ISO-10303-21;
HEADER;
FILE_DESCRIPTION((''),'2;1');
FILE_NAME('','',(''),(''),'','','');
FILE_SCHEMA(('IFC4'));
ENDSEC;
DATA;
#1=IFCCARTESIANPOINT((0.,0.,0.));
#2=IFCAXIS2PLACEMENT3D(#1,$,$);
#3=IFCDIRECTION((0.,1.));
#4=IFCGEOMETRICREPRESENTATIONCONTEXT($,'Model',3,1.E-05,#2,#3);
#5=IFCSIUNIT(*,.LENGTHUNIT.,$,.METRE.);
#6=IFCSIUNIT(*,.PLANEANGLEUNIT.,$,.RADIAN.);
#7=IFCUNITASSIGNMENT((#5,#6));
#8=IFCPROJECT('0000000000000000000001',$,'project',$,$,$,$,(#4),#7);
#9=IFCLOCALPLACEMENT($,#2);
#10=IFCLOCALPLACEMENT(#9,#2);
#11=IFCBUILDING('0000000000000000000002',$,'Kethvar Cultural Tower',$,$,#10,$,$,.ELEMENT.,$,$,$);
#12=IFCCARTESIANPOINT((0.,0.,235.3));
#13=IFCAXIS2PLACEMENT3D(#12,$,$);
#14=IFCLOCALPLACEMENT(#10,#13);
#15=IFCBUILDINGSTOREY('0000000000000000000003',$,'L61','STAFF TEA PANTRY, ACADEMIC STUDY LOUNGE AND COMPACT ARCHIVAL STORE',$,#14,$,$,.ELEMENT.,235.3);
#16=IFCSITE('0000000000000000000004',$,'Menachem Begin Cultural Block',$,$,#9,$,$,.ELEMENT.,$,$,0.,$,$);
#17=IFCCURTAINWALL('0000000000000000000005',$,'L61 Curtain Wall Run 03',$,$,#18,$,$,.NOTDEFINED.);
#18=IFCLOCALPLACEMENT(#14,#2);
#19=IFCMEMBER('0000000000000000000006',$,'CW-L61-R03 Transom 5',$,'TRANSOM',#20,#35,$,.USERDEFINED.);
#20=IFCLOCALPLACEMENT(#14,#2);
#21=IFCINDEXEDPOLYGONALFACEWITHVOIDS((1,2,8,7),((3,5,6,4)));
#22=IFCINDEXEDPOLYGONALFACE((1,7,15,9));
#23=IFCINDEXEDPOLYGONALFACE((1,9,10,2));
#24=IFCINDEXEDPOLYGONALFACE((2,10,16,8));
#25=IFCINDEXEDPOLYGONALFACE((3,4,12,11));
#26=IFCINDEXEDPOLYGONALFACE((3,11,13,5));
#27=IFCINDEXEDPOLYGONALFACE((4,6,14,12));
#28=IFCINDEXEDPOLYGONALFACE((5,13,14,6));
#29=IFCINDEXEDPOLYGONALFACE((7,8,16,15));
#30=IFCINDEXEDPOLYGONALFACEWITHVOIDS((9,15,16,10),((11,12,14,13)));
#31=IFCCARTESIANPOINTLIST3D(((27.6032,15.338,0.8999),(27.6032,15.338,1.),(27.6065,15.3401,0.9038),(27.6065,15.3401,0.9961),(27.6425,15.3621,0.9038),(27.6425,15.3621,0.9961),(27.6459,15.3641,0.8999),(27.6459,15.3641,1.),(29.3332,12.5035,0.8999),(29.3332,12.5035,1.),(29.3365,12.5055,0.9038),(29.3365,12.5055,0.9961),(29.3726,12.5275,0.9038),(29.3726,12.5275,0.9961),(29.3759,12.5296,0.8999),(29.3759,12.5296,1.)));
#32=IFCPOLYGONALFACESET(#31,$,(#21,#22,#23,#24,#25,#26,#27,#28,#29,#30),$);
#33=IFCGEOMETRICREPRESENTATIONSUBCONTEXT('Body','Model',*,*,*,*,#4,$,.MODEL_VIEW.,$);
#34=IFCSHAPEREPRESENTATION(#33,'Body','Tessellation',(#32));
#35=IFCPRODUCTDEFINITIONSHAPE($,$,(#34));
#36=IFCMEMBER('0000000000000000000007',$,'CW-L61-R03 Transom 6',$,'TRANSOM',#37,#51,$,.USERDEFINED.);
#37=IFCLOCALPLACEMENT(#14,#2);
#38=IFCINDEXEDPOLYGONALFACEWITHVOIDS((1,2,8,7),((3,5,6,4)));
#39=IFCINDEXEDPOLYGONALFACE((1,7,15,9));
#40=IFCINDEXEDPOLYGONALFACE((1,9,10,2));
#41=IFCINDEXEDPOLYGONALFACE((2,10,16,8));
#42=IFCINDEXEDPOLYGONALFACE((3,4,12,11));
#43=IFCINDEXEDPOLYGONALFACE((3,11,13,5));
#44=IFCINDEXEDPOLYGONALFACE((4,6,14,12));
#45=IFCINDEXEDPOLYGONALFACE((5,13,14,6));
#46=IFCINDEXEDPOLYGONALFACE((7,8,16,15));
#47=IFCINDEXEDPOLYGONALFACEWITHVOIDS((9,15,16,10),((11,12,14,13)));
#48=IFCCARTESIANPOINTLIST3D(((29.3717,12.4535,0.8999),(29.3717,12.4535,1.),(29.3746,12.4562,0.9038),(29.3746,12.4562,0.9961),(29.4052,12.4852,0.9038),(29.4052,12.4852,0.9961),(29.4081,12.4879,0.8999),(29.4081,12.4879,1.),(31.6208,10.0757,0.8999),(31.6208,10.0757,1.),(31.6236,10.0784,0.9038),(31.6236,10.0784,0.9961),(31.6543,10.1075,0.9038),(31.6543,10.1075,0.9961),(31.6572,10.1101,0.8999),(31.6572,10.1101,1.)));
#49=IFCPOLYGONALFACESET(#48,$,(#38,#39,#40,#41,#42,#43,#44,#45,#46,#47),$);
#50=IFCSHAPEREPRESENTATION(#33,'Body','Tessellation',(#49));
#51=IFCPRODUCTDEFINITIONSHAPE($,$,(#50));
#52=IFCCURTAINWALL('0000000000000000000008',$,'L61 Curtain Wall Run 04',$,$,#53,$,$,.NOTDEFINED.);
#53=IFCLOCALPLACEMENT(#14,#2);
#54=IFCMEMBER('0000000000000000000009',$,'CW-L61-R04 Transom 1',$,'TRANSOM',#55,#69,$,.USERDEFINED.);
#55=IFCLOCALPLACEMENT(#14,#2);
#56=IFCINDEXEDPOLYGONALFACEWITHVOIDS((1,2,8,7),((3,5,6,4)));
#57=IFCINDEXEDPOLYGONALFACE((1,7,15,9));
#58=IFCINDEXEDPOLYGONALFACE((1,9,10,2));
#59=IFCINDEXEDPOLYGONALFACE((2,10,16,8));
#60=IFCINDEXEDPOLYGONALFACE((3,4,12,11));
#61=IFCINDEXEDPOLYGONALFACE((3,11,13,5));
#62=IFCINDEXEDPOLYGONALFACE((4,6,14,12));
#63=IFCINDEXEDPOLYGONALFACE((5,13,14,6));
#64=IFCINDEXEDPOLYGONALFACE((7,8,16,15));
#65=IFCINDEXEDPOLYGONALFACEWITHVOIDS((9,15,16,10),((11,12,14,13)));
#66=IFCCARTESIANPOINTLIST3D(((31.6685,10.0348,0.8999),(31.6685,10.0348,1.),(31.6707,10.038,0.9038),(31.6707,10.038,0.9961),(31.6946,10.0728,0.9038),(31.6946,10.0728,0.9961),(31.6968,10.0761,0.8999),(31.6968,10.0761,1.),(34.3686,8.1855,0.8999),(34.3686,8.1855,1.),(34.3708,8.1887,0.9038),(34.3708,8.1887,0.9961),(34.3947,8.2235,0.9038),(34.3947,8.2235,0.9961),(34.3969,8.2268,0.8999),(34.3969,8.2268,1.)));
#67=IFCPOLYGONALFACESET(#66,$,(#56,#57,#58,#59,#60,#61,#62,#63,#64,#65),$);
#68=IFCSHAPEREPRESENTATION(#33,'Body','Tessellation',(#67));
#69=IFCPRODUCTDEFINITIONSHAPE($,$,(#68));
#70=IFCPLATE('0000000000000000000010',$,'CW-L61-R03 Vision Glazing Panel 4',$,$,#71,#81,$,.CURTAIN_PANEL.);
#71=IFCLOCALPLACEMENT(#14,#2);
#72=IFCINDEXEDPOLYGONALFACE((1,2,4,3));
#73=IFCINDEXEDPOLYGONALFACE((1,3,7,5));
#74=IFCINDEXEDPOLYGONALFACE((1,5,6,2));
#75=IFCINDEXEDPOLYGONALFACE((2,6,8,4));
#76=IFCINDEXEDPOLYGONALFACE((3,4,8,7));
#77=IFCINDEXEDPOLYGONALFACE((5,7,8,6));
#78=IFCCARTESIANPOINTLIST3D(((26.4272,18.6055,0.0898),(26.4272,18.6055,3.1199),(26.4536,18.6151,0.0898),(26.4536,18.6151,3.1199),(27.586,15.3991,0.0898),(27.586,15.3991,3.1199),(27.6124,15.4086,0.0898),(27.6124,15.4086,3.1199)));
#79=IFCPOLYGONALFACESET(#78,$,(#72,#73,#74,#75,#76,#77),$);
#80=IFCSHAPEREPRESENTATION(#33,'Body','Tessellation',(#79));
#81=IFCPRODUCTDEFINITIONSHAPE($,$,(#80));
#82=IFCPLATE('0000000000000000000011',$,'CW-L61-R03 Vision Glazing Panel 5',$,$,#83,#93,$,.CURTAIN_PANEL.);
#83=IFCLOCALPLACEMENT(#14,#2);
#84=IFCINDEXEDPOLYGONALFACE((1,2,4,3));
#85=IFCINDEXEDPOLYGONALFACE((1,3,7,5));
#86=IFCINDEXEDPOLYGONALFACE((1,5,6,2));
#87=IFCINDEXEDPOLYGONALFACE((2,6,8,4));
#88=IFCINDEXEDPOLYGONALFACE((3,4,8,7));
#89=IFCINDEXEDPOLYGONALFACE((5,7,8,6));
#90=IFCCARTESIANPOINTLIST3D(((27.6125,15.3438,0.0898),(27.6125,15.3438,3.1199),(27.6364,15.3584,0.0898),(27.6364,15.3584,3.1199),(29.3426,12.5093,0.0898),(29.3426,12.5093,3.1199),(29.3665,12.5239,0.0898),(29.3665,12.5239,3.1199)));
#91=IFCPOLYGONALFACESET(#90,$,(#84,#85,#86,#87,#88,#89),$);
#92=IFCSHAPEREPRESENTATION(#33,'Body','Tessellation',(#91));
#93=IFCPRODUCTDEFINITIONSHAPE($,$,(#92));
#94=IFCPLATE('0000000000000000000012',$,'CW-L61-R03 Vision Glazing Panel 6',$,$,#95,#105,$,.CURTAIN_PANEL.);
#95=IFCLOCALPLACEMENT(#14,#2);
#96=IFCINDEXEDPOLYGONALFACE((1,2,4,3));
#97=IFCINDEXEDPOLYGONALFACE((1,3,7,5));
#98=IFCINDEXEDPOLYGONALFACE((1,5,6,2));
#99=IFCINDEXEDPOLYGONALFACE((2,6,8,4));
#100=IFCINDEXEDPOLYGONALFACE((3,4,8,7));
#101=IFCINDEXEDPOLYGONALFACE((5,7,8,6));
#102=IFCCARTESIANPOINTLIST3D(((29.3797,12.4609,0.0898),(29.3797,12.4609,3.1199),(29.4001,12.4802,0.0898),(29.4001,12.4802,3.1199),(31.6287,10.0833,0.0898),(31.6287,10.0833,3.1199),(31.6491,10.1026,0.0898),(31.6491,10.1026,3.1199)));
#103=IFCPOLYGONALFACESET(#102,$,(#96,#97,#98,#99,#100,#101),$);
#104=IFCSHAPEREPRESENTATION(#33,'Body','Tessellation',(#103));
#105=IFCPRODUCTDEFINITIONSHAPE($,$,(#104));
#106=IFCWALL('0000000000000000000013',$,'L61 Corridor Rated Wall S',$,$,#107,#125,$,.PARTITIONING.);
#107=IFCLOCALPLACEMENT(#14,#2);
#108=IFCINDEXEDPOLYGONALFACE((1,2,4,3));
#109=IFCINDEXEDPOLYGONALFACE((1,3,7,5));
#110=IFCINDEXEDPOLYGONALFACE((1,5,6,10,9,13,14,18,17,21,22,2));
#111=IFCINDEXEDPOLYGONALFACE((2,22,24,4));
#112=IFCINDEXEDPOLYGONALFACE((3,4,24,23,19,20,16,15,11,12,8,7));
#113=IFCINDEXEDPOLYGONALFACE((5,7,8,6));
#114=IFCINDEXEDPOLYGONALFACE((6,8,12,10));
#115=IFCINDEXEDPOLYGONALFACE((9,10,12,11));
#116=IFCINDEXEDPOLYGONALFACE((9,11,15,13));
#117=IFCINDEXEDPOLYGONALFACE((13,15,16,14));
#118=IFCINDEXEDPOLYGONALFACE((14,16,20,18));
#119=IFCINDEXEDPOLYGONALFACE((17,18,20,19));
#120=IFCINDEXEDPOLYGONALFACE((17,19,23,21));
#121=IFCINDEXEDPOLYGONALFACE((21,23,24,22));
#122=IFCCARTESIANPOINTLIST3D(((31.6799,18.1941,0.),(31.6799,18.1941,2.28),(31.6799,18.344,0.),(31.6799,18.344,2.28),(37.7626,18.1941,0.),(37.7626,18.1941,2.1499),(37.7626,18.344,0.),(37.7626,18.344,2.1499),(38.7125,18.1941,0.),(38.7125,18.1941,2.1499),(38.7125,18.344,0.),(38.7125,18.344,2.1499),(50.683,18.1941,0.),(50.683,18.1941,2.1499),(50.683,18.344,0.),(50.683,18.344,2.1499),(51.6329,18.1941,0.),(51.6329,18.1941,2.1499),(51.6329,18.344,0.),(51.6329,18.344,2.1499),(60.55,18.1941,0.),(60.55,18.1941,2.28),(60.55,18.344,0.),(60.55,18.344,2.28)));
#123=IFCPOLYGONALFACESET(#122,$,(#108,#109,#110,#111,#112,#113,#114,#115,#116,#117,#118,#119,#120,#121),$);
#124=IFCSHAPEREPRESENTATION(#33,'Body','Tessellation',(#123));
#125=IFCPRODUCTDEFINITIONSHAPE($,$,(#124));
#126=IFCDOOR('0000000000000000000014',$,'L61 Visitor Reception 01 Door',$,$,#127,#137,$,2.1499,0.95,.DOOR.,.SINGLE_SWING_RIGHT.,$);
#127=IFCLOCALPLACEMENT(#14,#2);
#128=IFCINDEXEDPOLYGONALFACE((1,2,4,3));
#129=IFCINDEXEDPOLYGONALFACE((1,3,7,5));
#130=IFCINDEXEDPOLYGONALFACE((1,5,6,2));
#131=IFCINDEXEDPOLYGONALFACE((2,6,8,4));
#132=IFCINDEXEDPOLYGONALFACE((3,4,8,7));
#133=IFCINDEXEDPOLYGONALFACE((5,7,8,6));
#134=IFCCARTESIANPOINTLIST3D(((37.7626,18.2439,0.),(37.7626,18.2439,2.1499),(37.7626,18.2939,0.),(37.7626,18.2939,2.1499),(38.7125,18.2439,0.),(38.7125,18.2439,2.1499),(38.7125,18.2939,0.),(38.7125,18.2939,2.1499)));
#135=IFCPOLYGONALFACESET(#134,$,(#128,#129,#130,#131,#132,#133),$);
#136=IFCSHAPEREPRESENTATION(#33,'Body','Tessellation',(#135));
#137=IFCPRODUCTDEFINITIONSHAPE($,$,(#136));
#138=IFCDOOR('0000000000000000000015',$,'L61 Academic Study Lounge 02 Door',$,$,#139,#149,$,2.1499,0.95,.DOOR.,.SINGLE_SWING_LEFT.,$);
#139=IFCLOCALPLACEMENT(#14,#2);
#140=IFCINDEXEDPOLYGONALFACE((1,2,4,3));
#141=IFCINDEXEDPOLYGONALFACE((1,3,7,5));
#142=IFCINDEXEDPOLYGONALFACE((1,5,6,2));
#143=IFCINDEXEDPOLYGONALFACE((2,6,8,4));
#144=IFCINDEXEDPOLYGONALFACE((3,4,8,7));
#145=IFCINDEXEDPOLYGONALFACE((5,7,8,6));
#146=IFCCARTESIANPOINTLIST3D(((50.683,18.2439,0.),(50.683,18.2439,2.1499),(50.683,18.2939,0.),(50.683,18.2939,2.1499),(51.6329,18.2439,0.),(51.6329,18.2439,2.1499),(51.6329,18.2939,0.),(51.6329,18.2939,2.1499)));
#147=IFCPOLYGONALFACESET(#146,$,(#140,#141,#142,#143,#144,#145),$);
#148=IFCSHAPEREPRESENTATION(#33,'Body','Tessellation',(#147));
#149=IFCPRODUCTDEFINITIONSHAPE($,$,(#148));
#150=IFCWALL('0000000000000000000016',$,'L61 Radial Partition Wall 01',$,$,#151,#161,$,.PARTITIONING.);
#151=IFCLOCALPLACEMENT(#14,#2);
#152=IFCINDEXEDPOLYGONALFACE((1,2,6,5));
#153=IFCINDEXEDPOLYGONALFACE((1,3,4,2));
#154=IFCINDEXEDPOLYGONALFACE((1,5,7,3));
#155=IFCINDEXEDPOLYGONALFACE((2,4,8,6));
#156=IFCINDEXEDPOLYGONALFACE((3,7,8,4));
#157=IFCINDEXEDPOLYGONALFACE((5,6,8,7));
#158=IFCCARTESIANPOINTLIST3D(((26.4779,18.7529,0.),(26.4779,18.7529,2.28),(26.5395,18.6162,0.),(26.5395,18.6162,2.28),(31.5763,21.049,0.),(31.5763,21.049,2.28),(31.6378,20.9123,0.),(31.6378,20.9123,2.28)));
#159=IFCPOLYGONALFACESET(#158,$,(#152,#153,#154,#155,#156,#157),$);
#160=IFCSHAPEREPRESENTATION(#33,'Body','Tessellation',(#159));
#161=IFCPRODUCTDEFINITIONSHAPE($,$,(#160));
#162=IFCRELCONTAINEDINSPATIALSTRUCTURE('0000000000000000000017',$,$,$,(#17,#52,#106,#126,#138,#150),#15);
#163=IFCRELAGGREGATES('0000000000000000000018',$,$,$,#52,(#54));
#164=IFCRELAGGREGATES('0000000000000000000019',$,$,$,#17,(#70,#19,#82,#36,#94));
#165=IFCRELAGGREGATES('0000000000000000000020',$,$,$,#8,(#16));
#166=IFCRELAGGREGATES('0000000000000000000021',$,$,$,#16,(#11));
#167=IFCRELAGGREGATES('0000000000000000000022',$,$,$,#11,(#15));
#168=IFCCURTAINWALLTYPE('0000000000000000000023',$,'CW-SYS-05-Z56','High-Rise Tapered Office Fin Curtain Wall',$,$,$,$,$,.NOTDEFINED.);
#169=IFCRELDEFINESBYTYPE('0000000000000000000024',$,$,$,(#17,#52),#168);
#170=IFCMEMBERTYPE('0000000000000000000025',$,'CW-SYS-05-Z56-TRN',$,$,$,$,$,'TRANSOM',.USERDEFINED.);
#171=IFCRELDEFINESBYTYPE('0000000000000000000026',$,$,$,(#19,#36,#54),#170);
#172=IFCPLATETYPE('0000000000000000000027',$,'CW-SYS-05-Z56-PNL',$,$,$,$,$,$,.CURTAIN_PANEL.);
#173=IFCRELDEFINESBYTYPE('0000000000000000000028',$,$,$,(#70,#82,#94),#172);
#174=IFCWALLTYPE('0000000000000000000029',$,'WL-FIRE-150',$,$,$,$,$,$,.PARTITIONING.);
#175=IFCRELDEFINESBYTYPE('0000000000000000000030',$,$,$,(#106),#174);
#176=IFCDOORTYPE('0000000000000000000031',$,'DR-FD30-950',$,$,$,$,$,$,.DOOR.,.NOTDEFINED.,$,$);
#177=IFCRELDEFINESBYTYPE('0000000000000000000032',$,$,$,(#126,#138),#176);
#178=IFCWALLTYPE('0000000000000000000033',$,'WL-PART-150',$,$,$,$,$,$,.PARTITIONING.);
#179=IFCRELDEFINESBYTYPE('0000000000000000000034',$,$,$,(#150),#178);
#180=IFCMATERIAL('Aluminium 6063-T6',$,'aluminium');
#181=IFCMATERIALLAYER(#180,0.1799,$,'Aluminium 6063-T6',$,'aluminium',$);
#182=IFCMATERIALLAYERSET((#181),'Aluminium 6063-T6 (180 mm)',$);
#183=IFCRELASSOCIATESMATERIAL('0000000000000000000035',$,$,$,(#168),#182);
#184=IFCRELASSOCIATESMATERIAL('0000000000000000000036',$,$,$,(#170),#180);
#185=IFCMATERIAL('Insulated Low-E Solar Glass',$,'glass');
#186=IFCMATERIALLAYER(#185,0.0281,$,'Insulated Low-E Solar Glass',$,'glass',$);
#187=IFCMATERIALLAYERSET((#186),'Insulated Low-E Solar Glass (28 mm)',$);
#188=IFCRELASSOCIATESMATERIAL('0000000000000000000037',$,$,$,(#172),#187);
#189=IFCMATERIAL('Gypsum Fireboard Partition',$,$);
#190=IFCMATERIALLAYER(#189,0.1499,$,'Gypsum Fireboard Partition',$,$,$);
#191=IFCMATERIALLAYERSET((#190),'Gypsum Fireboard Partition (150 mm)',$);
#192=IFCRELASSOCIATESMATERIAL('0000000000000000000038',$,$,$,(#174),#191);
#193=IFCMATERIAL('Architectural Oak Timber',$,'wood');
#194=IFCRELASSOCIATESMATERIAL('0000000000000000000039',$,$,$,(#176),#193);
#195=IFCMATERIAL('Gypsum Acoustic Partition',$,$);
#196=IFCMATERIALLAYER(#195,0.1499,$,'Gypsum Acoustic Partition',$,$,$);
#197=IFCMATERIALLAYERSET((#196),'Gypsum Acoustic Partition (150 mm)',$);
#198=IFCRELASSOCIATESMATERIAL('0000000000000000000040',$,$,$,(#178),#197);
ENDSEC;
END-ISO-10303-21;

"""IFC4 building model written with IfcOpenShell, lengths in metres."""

from ifc_helpers import new_model, si_unit, direction, frame, frame_2d, origin, origin_2d, place, context, subcontext, project, spatial, rectangle, hollow_rectangle, extrude, source, transform, mapped, material, layer, layer_set, material_profile, profile_set, type_object, element, fill, aggregate, save


model = new_model("IFC4")

# Units and contexts
model_context = context("Model", 3, precision=1e-05, world=origin(), true_north=direction((0.0, 1.0)))
body_context = subcontext(model_context, "Body", "Model", "MODEL_VIEW")
ifc_project = project(units=[si_unit("LENGTHUNIT", "METRE"), si_unit("PLANEANGLEUNIT", "RADIAN")], contexts=[model_context])

# Site, building, storey
site_placement = place(None, origin())
site = spatial("IfcSite", under=ifc_project, at=site_placement, Name="Menachem Begin Cultural Block", CompositionType="ELEMENT", RefElevation=0.0)
building_placement = place(site_placement, origin())
building = spatial("IfcBuilding", under=site, at=building_placement, Name="Kethvar Cultural Tower", CompositionType="ELEMENT")
storey_placement = place(building_placement, frame((0.0, 0.0, 235.3)))
storey = spatial("IfcBuildingStorey", under=building, at=storey_placement, Name="L61", Description="STAFF TEA PANTRY, ACADEMIC STUDY LOUNGE AND COMPACT ARCHIVAL STORE", CompositionType="ELEMENT", Elevation=235.3)

# Curtain wall, members
ifc_material_1 = material(Name="Aluminium 6063-T6", Category="aluminium")
ifc_layer_1 = layer(ifc_material_1, 0.1799, Name="Aluminium 6063-T6", Category="aluminium")
ifc_layer_set_1 = layer_set([ifc_layer_1], Name="Aluminium 6063-T6 (180 mm)")
curtain_wall_type = type_object("IfcCurtainWallType", Name="CW-SYS-05-Z56", Description="High-Rise Tapered Office Fin Curtain Wall", PredefinedType="NOTDEFINED", material=ifc_layer_set_1)
curtain_wall_1_placement = place(storey_placement, origin())
curtain_wall_1 = element("IfcCurtainWall", 1, at=curtain_wall_1_placement, inside=storey, type_object=curtain_wall_type, Name="L61 Curtain Wall Run 03", PredefinedType="NOTDEFINED")
ifc_material_profile_1 = material_profile(ifc_material_1, hollow_rectangle(XDim=0.05, YDim=0.1001, WallThickness=0.0039, at=origin_2d()), Name="Aluminium 6063-T6 — RHS100x50x4")
ifc_profile_set_1 = profile_set([ifc_material_profile_1], Name="Aluminium 6063-T6 — RHS100x50x4")
member_type_1 = type_object("IfcMemberType", Name="CW-SYS-05-Z56-TRN", ElementType="TRANSOM", PredefinedType="USERDEFINED", material=ifc_profile_set_1)
shared_shape_1 = source(origin(), body_context, "Body", "SweptSolid", [
    extrude(hollow_rectangle(XDim=0.05, YDim=0.1001, WallThickness=0.0039, at=origin_2d()), origin(), (0.0, 0.0, 1.0), 3.3208),
])
member_1_placement = place(storey_placement, frame((27.6245, 15.3511, 0.95), z_axis=(0.520968, -0.853576, 0.0), x_axis=(0.853576, 0.520968, 0.0)))
member_1 = element("IfcMember", 2, at=member_1_placement, type_object=member_type_1, Name="CW-L61-R03 Transom 5", ObjectType="TRANSOM", PredefinedType="USERDEFINED", context=body_context, shape_type="MappedRepresentation", body=[
    mapped(shared_shape_1, transform((0.0, 0.0, 0.0), scale=1.0)),
])
shared_shape_2 = source(origin(), body_context, "Body", "SweptSolid", [
    extrude(hollow_rectangle(XDim=0.05, YDim=0.1001, WallThickness=0.0039, at=origin_2d()), origin(), (0.0, 0.0, 1.0), 3.2729),
])
member_2_placement = place(storey_placement, frame((29.3899, 12.4707, 0.95), z_axis=(0.687178, -0.72649, 0.0), x_axis=(0.72649, 0.687178, 0.0)))
member_2 = element("IfcMember", 3, at=member_2_placement, type_object=member_type_1, Name="CW-L61-R03 Transom 6", ObjectType="TRANSOM", PredefinedType="USERDEFINED", context=body_context, shape_type="MappedRepresentation", body=[
    mapped(shared_shape_2, transform((0.0, 0.0, 0.0), scale=1.0)),
])

# Curtain wall, member
curtain_wall_2_placement = place(storey_placement, origin())
curtain_wall_2 = element("IfcCurtainWall", 4, at=curtain_wall_2_placement, inside=storey, type_object=curtain_wall_type, Name="L61 Curtain Wall Run 04", PredefinedType="NOTDEFINED")
shared_shape_3 = source(origin(), body_context, "Body", "SweptSolid", [
    extrude(hollow_rectangle(XDim=0.05, YDim=0.1001, WallThickness=0.0039, at=origin_2d()), origin(), (0.0, 0.0, 1.0), 3.2727),
])
member_3_placement = place(storey_placement, frame((31.6826, 10.0554, 0.95), z_axis=(0.825042, -0.565072, 0.0), x_axis=(0.565072, 0.825042, 0.0)))
member_3 = element("IfcMember", 5, at=member_3_placement, type_object=member_type_1, Name="CW-L61-R04 Transom 1", ObjectType="TRANSOM", PredefinedType="USERDEFINED", context=body_context, shape_type="MappedRepresentation", body=[
    mapped(shared_shape_3, transform((0.0, 0.0, 0.0), scale=1.0)),
])
aggregate(curtain_wall_2, [member_3])

# Plates
ifc_material_2 = material(Name="Insulated Low-E Solar Glass", Category="glass")
ifc_layer_2 = layer(ifc_material_2, 0.0281, Name="Insulated Low-E Solar Glass", Category="glass")
ifc_layer_set_2 = layer_set([ifc_layer_2], Name="Insulated Low-E Solar Glass (28 mm)")
plate_type = type_object("IfcPlateType", Name="CW-SYS-05-Z56-PNL", PredefinedType="CURTAIN_PANEL", material=ifc_layer_set_2)
shared_shape_4 = source(origin(), body_context, "Body", "SweptSolid", [
    extrude(rectangle(XDim=3.4094, YDim=0.0281, at=origin_2d()), origin(), (0.0, 0.0, 1.0), 3.03),
])
plate_1_placement = place(storey_placement, frame((27.0198, 17.0071, 0.0898), z_axis=(0.0, 0.0, 1.0), x_axis=(0.339887, -0.940466, 0.0)))
plate_1 = element("IfcPlate", 6, at=plate_1_placement, type_object=plate_type, Name="CW-L61-R03 Vision Glazing Panel 4", PredefinedType="CURTAIN_PANEL", context=body_context, shape_type="MappedRepresentation", body=[
    mapped(shared_shape_4, transform((0.0, 0.0, 0.0), scale=1.0)),
])
shared_shape_5 = source(origin(), body_context, "Body", "SweptSolid", [
    extrude(rectangle(XDim=3.3208, YDim=0.0281, at=origin_2d()), origin(), (0.0, 0.0, 1.0), 3.03),
])
plate_2_placement = place(storey_placement, frame((28.4895, 13.9338, 0.0898), z_axis=(0.0, 0.0, 1.0), x_axis=(0.52098, -0.853569, 0.0)))
plate_2 = element("IfcPlate", 7, at=plate_2_placement, type_object=plate_type, Name="CW-L61-R03 Vision Glazing Panel 5", PredefinedType="CURTAIN_PANEL", context=body_context, shape_type="MappedRepresentation", body=[
    mapped(shared_shape_5, transform((0.0, 0.0, 0.0), scale=1.0)),
])
shared_shape_6 = source(origin(), body_context, "Body", "SweptSolid", [
    extrude(rectangle(XDim=3.2727, YDim=0.0281, at=origin_2d()), origin(), (0.0, 0.0, 1.0), 3.03),
])
plate_3_placement = place(storey_placement, frame((30.5144, 11.2817, 0.0898), z_axis=(0.0, 0.0, 1.0), x_axis=(0.687189, -0.726479, 0.0)))
plate_3 = element("IfcPlate", 8, at=plate_3_placement, type_object=plate_type, Name="CW-L61-R03 Vision Glazing Panel 6", PredefinedType="CURTAIN_PANEL", context=body_context, shape_type="MappedRepresentation", body=[
    mapped(shared_shape_6, transform((0.0, 0.0, 0.0), scale=1.0)),
])
aggregate(curtain_wall_1, [plate_1, member_1, plate_2, member_2, plate_3])

# Wall, openings, doors
ifc_material_3 = material(Name="Gypsum Fireboard Partition")
ifc_layer_3 = layer(ifc_material_3, 0.1499, Name="Gypsum Fireboard Partition")
ifc_layer_set_3 = layer_set([ifc_layer_3], Name="Gypsum Fireboard Partition (150 mm)")
wall_type_1 = type_object("IfcWallType", Name="WL-FIRE-150", PredefinedType="PARTITIONING", material=ifc_layer_set_3)
wall_1_placement = place(storey_placement, frame((31.6799, 18.269, 0.0), z_axis=(0.0, 0.0, 1.0), x_axis=(1.0, 0.0, 0.0)))
wall_1 = element("IfcWall", 9, at=wall_1_placement, inside=storey, type_object=wall_type_1, Name="L61 Corridor Rated Wall S", PredefinedType="PARTITIONING", context=body_context, shape_type="SweptSolid", body=[
    extrude(rectangle(XDim=28.8701, YDim=0.1499, at=frame_2d((14.4351, 0.0))), origin(), (0.0, 0.0, 1.0), 2.28),
])
opening_1_placement = place(wall_1_placement, frame((6.0825, 0.0, 0.0)))
opening_1 = element("IfcOpeningElement", 10, at=opening_1_placement, cuts=wall_1, PredefinedType="OPENING", context=body_context, shape_type="SweptSolid", body=[
    extrude(rectangle(XDim=0.95, YDim=2.1499, at=frame_2d((0.4751, 1.075))), frame((0.0, 0.085, 0.0), z_axis=(0.0, -1.0, 0.0), x_axis=(1.0, 0.0, 0.0)), (0.0, 0.0, 1.0), 0.1699),
])
opening_2_placement = place(wall_1_placement, frame((19.0029, 0.0, 0.0)))
opening_2 = element("IfcOpeningElement", 11, at=opening_2_placement, cuts=wall_1, PredefinedType="OPENING", context=body_context, shape_type="SweptSolid", body=[
    extrude(rectangle(XDim=0.95, YDim=2.1499, at=frame_2d((0.4751, 1.075))), frame((0.0, 0.085, 0.0), z_axis=(0.0, -1.0, 0.0), x_axis=(1.0, 0.0, 0.0)), (0.0, 0.0, 1.0), 0.1699),
])
ifc_material_4 = material(Name="Architectural Oak Timber", Category="wood")
door_type = type_object("IfcDoorType", Name="DR-FD30-950", OperationType="NOTDEFINED", PredefinedType="DOOR", material=ifc_material_4)
shared_shape_7 = source(origin(), body_context, "Body", "SweptSolid", [
    extrude(rectangle(XDim=0.95, YDim=2.1499, at=frame_2d((0.4751, 1.075))), frame((0.0, 0.0249, 0.0), z_axis=(0.0, -1.0, 0.0), x_axis=(1.0, 0.0, 0.0)), (0.0, 0.0, 1.0), 0.05),
])
door_1_placement = place(opening_1_placement, origin())
door_1 = element("IfcDoor", 12, at=door_1_placement, inside=storey, type_object=door_type, Name="L61 Visitor Reception 01 Door", OperationType="SINGLE_SWING_RIGHT", OverallHeight=2.1499, OverallWidth=0.95, PredefinedType="DOOR", context=body_context, shape_type="MappedRepresentation", body=[
    mapped(shared_shape_7, transform((0.0, 0.0, 0.0), scale=1.0)),
])
fill(opening_1, door_1)
door_2_placement = place(opening_2_placement, origin())
door_2 = element("IfcDoor", 13, at=door_2_placement, inside=storey, type_object=door_type, Name="L61 Academic Study Lounge 02 Door", OperationType="SINGLE_SWING_LEFT", OverallHeight=2.1499, OverallWidth=0.95, PredefinedType="DOOR", context=body_context, shape_type="MappedRepresentation", body=[
    mapped(shared_shape_7, transform((0.0, 0.0, 0.0), scale=1.0)),
])
fill(opening_2, door_2)

# Wall
ifc_material_5 = material(Name="Gypsum Acoustic Partition")
ifc_layer_4 = layer(ifc_material_5, 0.1499, Name="Gypsum Acoustic Partition")
ifc_layer_set_4 = layer_set([ifc_layer_4], Name="Gypsum Acoustic Partition (150 mm)")
wall_type_2 = type_object("IfcWallType", Name="WL-PART-150", PredefinedType="PARTITIONING", material=ifc_layer_set_4)
wall_2_placement = place(storey_placement, frame((31.6072, 20.9807, 0.0), z_axis=(0.0, 0.0, 1.0), x_axis=(-0.911796, -0.410642, 0.0)))
element("IfcWall", 14, at=wall_2_placement, inside=storey, type_object=wall_type_2, Name="L61 Radial Partition Wall 01", PredefinedType="PARTITIONING", context=body_context, shape_type="SweptSolid", body=[
    extrude(rectangle(XDim=5.5916, YDim=0.1499, at=frame_2d((2.7959, 0.0))), origin(), (0.0, 0.0, 1.0), 2.28),
])

save(model, "model.ifc")
